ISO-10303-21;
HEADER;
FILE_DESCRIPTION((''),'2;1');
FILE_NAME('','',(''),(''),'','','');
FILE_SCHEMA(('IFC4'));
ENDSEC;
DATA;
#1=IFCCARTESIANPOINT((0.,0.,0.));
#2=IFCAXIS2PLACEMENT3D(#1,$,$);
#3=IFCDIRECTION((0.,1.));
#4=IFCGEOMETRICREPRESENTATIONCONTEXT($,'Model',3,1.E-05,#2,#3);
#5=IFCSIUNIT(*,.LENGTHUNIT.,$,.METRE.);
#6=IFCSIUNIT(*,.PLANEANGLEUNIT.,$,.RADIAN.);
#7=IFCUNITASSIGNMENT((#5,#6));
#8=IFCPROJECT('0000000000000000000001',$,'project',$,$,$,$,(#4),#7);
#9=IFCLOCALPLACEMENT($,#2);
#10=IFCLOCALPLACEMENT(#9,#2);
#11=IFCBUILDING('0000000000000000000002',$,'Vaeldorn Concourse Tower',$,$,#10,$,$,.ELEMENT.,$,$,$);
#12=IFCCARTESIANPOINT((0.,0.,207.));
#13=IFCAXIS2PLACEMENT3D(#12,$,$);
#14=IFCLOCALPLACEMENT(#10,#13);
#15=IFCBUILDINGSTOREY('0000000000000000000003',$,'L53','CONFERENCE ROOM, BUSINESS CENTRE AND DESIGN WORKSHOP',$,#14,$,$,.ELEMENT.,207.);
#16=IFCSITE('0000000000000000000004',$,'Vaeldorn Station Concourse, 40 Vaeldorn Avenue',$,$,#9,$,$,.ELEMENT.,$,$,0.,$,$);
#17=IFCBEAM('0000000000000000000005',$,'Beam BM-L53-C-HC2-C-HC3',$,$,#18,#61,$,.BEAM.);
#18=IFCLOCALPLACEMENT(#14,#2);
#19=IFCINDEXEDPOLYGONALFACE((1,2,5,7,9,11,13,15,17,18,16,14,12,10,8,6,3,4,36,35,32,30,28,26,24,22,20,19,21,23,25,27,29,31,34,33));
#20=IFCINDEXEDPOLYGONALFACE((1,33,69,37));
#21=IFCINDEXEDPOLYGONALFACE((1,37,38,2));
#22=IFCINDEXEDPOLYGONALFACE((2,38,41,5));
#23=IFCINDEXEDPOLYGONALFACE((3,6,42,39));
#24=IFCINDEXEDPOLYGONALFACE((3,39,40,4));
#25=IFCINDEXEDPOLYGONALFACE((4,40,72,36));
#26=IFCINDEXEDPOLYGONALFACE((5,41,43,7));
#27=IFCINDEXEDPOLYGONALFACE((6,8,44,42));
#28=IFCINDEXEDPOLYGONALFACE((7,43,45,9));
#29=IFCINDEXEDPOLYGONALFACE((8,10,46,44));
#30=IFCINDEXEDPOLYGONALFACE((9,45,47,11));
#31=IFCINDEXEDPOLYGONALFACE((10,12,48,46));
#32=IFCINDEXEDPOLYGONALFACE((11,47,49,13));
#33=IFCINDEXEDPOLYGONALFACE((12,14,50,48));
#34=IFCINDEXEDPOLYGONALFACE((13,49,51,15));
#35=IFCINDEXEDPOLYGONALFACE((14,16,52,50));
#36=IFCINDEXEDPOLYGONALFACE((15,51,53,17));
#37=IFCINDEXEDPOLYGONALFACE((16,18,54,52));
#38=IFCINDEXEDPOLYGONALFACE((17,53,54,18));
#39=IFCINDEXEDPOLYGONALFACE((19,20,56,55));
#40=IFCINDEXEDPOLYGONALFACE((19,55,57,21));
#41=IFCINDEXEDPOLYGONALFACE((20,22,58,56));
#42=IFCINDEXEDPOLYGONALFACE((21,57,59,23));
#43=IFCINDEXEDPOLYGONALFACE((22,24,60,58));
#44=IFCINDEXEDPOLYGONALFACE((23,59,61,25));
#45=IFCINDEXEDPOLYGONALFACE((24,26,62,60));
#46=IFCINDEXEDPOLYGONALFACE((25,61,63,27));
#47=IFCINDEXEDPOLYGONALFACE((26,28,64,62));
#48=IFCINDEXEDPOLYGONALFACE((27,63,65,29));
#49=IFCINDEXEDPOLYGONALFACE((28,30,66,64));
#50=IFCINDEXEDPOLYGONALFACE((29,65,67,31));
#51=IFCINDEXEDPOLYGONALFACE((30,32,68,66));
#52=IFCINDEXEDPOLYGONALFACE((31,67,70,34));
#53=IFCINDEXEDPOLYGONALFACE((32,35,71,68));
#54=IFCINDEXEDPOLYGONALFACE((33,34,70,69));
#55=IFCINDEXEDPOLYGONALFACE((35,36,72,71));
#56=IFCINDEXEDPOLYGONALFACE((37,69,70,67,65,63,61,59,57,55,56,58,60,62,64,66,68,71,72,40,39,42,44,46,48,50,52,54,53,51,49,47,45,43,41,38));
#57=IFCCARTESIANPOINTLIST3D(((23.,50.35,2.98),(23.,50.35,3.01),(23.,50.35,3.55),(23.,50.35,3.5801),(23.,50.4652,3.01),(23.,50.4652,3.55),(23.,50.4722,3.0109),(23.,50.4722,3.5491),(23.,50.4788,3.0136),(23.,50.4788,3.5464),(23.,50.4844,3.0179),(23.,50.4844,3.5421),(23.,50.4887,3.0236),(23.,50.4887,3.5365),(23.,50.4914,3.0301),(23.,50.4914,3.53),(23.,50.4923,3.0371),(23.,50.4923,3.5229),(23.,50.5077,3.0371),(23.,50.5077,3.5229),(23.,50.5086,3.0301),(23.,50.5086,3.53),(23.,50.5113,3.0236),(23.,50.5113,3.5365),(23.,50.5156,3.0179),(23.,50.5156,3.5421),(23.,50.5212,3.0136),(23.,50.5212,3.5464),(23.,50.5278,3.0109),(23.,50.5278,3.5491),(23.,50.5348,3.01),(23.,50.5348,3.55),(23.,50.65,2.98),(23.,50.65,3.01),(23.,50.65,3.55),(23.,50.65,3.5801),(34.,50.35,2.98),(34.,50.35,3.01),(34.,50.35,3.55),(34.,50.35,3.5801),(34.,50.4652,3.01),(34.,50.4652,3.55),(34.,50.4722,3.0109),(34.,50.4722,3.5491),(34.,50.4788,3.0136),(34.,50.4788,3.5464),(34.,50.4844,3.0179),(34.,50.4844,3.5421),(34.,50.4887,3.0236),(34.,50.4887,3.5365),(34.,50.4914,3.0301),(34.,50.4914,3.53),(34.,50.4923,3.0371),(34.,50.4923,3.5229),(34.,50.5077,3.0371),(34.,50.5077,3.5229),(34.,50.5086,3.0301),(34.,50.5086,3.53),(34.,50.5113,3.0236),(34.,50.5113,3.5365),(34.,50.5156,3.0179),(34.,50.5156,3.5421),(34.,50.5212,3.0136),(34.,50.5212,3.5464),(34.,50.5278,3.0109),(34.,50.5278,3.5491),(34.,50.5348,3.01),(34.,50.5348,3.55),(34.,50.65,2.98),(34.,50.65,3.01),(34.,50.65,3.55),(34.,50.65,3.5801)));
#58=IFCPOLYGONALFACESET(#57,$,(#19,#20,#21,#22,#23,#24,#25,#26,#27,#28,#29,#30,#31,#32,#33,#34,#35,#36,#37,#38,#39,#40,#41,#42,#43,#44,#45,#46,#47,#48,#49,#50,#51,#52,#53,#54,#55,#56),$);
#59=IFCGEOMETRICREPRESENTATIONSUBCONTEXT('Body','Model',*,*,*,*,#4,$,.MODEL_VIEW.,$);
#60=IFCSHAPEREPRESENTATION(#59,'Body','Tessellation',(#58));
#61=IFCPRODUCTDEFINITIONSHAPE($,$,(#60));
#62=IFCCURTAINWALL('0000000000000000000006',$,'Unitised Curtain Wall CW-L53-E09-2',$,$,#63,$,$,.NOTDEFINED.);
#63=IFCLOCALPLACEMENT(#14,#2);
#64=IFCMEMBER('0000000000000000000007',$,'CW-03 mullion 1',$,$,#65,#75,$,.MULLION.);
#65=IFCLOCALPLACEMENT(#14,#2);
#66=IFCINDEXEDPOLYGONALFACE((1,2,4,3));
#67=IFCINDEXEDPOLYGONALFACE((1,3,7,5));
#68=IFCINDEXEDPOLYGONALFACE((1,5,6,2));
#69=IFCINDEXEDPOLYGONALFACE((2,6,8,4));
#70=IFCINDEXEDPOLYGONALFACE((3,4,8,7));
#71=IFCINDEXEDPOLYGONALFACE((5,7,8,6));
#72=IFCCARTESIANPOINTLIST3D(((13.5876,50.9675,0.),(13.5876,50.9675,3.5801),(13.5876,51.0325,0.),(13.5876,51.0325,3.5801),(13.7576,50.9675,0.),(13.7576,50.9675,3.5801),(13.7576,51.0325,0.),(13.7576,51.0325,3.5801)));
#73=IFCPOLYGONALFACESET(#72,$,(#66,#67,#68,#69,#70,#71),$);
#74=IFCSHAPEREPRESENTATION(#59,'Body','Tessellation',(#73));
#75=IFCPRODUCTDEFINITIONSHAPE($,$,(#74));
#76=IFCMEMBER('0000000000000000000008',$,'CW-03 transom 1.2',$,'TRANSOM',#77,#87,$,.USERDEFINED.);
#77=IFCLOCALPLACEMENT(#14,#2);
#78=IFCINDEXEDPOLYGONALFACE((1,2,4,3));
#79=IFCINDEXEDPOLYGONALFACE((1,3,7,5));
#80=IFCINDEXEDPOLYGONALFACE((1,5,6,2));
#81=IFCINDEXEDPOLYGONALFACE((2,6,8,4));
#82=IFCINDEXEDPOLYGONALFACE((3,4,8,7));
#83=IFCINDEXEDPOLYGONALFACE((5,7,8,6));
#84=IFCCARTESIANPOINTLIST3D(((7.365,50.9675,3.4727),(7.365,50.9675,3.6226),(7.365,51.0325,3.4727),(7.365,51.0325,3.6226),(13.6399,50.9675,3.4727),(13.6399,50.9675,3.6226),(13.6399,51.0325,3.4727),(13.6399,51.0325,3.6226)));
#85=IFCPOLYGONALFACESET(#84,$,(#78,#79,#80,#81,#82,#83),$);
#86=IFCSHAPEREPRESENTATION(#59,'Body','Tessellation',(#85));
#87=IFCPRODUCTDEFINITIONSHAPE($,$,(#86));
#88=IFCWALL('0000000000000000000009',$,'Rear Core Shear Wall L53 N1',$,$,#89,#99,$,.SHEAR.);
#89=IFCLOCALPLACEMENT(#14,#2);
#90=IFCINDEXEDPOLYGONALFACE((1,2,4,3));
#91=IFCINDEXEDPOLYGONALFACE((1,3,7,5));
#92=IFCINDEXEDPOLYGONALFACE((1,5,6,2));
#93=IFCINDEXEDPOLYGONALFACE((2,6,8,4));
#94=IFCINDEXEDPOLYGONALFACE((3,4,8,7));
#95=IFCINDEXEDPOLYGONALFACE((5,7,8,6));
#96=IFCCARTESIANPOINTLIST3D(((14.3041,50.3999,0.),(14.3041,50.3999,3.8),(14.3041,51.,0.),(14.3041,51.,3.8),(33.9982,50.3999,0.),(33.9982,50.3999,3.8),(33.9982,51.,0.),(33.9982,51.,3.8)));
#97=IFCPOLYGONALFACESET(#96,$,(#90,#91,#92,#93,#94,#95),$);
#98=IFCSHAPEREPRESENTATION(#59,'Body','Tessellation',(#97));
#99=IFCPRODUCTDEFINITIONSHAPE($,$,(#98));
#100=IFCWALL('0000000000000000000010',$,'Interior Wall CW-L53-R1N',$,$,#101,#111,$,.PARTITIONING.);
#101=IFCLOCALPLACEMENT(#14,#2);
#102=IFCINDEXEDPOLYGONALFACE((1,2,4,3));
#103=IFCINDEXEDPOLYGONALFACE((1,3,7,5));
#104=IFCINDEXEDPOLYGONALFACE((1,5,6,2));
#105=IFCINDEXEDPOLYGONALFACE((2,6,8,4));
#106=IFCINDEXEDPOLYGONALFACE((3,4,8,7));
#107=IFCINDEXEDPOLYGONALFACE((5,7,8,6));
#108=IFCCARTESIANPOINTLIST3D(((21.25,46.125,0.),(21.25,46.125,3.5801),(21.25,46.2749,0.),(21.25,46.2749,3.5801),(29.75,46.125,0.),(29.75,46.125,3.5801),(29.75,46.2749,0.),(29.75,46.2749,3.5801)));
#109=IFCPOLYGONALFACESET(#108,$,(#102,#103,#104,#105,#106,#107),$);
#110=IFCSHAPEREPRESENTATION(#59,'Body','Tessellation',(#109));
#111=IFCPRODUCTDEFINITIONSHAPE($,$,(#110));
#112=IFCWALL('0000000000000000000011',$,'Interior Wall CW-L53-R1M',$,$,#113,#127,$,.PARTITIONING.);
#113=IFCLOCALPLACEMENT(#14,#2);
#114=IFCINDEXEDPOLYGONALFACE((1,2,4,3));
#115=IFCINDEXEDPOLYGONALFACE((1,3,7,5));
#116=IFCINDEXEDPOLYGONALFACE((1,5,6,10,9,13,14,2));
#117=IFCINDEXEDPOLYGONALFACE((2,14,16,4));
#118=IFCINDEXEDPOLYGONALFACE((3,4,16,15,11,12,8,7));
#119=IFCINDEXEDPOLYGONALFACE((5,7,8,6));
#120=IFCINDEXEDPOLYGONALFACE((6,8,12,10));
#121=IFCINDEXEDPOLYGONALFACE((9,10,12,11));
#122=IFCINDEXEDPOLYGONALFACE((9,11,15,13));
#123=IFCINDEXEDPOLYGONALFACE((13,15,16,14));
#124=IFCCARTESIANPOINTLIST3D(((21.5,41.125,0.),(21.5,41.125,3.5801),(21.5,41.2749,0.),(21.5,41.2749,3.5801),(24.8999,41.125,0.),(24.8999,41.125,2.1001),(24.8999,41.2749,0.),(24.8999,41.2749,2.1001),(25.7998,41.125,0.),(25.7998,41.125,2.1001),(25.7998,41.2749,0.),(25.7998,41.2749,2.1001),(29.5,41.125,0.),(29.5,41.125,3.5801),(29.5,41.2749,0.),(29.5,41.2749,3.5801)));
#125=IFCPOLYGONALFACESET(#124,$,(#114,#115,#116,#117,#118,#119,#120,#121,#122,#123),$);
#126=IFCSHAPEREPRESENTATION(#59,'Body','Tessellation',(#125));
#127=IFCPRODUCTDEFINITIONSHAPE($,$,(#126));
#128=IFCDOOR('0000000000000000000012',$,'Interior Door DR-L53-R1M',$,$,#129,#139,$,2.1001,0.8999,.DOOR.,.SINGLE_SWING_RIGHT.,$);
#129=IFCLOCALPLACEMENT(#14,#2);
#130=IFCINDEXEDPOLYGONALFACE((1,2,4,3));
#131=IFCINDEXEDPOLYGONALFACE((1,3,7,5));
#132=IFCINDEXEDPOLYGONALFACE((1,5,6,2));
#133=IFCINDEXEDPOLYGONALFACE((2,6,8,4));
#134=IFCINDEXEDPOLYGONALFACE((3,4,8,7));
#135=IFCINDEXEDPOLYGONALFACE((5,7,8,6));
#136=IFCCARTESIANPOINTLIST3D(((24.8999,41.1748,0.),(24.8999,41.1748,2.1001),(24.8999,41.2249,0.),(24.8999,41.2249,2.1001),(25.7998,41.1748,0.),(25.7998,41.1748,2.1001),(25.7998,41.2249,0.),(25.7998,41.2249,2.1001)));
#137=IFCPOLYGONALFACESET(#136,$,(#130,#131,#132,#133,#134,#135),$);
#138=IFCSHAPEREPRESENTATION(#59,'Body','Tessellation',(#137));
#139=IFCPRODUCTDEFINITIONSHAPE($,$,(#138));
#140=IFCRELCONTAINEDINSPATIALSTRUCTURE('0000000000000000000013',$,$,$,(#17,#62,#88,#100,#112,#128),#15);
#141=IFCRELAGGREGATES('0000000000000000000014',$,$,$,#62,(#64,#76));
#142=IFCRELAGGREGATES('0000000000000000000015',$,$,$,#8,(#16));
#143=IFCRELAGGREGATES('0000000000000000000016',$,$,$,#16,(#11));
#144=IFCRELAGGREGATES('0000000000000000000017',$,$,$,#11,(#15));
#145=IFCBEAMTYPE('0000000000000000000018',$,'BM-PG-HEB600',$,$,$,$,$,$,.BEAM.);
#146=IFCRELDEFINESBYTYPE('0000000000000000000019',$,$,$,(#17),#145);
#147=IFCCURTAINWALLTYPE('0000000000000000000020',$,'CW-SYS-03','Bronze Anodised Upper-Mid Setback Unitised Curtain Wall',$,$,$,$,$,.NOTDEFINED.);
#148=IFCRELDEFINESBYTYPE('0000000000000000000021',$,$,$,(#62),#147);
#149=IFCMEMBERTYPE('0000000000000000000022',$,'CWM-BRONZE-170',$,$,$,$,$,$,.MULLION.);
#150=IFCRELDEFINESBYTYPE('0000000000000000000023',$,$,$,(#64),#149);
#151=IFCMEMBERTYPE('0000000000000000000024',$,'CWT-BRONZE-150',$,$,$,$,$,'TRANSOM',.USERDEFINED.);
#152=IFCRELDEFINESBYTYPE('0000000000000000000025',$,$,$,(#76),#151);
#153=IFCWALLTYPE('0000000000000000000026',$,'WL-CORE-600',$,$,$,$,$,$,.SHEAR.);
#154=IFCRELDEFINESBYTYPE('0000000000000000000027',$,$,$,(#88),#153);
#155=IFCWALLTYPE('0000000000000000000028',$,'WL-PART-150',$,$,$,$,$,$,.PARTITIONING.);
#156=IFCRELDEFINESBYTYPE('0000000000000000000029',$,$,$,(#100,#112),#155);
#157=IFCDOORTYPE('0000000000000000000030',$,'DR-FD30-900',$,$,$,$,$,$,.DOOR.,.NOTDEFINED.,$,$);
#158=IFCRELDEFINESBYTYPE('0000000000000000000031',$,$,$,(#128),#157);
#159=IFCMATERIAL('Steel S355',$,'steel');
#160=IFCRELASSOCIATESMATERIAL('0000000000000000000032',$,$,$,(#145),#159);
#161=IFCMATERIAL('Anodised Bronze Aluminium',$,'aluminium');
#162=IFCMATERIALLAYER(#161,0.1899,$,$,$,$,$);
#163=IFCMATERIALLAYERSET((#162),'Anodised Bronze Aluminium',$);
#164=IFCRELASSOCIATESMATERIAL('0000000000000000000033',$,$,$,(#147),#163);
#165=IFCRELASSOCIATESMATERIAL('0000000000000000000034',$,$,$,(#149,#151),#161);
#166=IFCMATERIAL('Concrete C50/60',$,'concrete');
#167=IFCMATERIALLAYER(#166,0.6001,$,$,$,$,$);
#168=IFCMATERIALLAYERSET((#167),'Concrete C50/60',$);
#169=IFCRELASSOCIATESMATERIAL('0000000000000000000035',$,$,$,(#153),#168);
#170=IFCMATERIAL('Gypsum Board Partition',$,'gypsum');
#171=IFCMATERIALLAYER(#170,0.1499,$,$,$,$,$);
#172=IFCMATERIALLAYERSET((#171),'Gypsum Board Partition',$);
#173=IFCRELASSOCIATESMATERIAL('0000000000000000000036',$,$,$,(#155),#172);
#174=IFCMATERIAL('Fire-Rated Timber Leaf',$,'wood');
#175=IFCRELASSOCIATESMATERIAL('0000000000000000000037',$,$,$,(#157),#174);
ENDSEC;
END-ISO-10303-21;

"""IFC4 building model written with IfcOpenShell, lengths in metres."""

from ifc_helpers import new_model, si_unit, direction, frame, frame_2d, origin, origin_2d, place, context, subcontext, project, spatial, rectangle, i_section, extrude, source, transform, mapped, material, layer, layer_set, material_profile, profile_set, type_object, element, fill, aggregate, save


model = new_model("IFC4")

# Units and contexts
model_context = context("Model", 3, precision=1e-05, world=origin(), true_north=direction((0.0, 1.0)))
body_context = subcontext(model_context, "Body", "Model", "MODEL_VIEW")
ifc_project = project(units=[si_unit("LENGTHUNIT", "METRE"), si_unit("PLANEANGLEUNIT", "RADIAN")], contexts=[model_context])

# Site, building, storey
site_placement = place(None, origin())
site = spatial("IfcSite", under=ifc_project, at=site_placement, Name="Vaeldorn Station Concourse, 40 Vaeldorn Avenue", CompositionType="ELEMENT", RefElevation=0.0)
building_placement = place(site_placement, origin())
building = spatial("IfcBuilding", under=site, at=building_placement, Name="Vaeldorn Concourse Tower", CompositionType="ELEMENT")
storey_placement = place(building_placement, frame((0.0, 0.0, 207.0)))
storey = spatial("IfcBuildingStorey", under=building, at=storey_placement, Name="L53", Description="CONFERENCE ROOM, BUSINESS CENTRE AND DESIGN WORKSHOP", CompositionType="ELEMENT", Elevation=207.0)

# Beam
ifc_material_1 = material(Name="Steel S355", Category="steel")
ifc_material_profile_1 = material_profile(ifc_material_1, i_section(OverallWidth=0.3, OverallDepth=0.6001, WebThickness=0.0154, FlangeThickness=0.03, FilletRadius=0.0271, at=origin_2d()), Name="HEB 600")
ifc_profile_set_1 = profile_set([ifc_material_profile_1], Name="Steel S355")
beam_type_1 = type_object("IfcBeamType", Name="BM-PG-HEB600", PredefinedType="BEAM", material=ifc_profile_set_1)
shared_shape_1 = source(origin(), body_context, "Body", "SweptSolid", [
    extrude(i_section(OverallWidth=0.3, OverallDepth=0.6001, WebThickness=0.0154, FlangeThickness=0.03, FilletRadius=0.0271, at=origin_2d()), origin(), (0.0, 0.0, 1.0), 11.0),
])
beam_1_placement = place(storey_placement, frame((23.0, 50.5, 3.28), z_axis=(1.0, 0.0, 0.0), x_axis=(0.0, 1.0, 0.0)))
element("IfcBeam", 1, at=beam_1_placement, inside=storey, type_object=beam_type_1, Name="Beam BM-L53-C-HC2-C-HC3", PredefinedType="BEAM", context=body_context, shape_type="MappedRepresentation", body=[
    mapped(shared_shape_1, transform((0.0, 0.0, 0.0), scale=1.0)),
])

# Curtain wall, members
ifc_material_2 = material(Name="Anodised Bronze Aluminium", Category="aluminium")
ifc_layer_1 = layer(ifc_material_2, 0.1899)
ifc_layer_set_1 = layer_set([ifc_layer_1], Name="Anodised Bronze Aluminium")
curtain_wall_type = type_object("IfcCurtainWallType", Name="CW-SYS-03", Description="Bronze Anodised Upper-Mid Setback Unitised Curtain Wall", PredefinedType="NOTDEFINED", material=ifc_layer_set_1)
curtain_wall_placement = place(storey_placement, origin())
curtain_wall = element("IfcCurtainWall", 2, at=curtain_wall_placement, inside=storey, type_object=curtain_wall_type, Name="Unitised Curtain Wall CW-L53-E09-2", PredefinedType="NOTDEFINED")
ifc_material_profile_2 = material_profile(ifc_material_2, rectangle(XDim=0.0649, YDim=0.1699, at=origin_2d()), Name="CWM 65x170")
ifc_profile_set_2 = profile_set([ifc_material_profile_2], Name="Anodised Bronze Aluminium")
member_type_1 = type_object("IfcMemberType", Name="CWM-BRONZE-170", PredefinedType="MULLION", material=ifc_profile_set_2)
shared_shape_2 = source(origin(), body_context, "Body", "SweptSolid", [
    extrude(rectangle(XDim=0.0649, YDim=0.1699, at=origin_2d()), origin(), (0.0, 0.0, 1.0), 3.5801),
])
member_1_placement = place(storey_placement, frame((13.6726, 51.0, 0.0), z_axis=(0.0, 0.0, 1.0), x_axis=(0.0, -1.0, 0.0)))
member_1 = element("IfcMember", 3, at=member_1_placement, type_object=member_type_1, Name="CW-03 mullion 1", PredefinedType="MULLION", context=body_context, shape_type="MappedRepresentation", body=[
    mapped(shared_shape_2, transform((0.0, 0.0, 0.0), scale=1.0)),
])
ifc_material_profile_3 = material_profile(ifc_material_2, rectangle(XDim=0.0649, YDim=0.1499, at=origin_2d()), Name="CWT 65x150")
ifc_profile_set_3 = profile_set([ifc_material_profile_3], Name="Anodised Bronze Aluminium")
member_type_2 = type_object("IfcMemberType", Name="CWT-BRONZE-150", ElementType="TRANSOM", PredefinedType="USERDEFINED", material=ifc_profile_set_3)
shared_shape_3 = source(origin(), body_context, "Body", "SweptSolid", [
    extrude(rectangle(XDim=0.0649, YDim=0.1499, at=origin_2d()), origin(), (0.0, 0.0, 1.0), 6.2749),
])
member_2_placement = place(storey_placement, frame((13.6399, 51.0, 3.5476), z_axis=(-1.0, 0.0, 0.0), x_axis=(0.0, -1.0, 0.0)))
member_2 = element("IfcMember", 4, at=member_2_placement, type_object=member_type_2, Name="CW-03 transom 1.2", ObjectType="TRANSOM", PredefinedType="USERDEFINED", context=body_context, shape_type="MappedRepresentation", body=[
    mapped(shared_shape_3, transform((0.0, 0.0, 0.0), scale=1.0)),
])
aggregate(curtain_wall, [member_1, member_2])

# Walls
ifc_material_3 = material(Name="Concrete C50/60", Category="concrete")
ifc_layer_2 = layer(ifc_material_3, 0.6001)
ifc_layer_set_2 = layer_set([ifc_layer_2], Name="Concrete C50/60")
wall_type_1 = type_object("IfcWallType", Name="WL-CORE-600", PredefinedType="SHEAR", material=ifc_layer_set_2)
wall_1_placement = place(storey_placement, frame((14.304, 50.7, 0.0), z_axis=(0.0, 0.0, 1.0), x_axis=(1.0, 0.0, 0.0)))
element("IfcWall", 5, at=wall_1_placement, inside=storey, type_object=wall_type_1, Name="Rear Core Shear Wall L53 N1", PredefinedType="SHEAR", context=body_context, shape_type="SweptSolid", body=[
    extrude(rectangle(XDim=19.6941, YDim=0.6001, at=frame_2d((9.8472, 0.0))), origin(), (0.0, 0.0, 1.0), 3.8),
])
ifc_material_4 = material(Name="Gypsum Board Partition", Category="gypsum")
ifc_layer_3 = layer(ifc_material_4, 0.1499)
ifc_layer_set_3 = layer_set([ifc_layer_3], Name="Gypsum Board Partition")
wall_type_2 = type_object("IfcWallType", Name="WL-PART-150", PredefinedType="PARTITIONING", material=ifc_layer_set_3)
wall_2_placement = place(storey_placement, frame((21.25, 46.2, 0.0), z_axis=(0.0, 0.0, 1.0), x_axis=(1.0, 0.0, 0.0)))
element("IfcWall", 6, at=wall_2_placement, inside=storey, type_object=wall_type_2, Name="Interior Wall CW-L53-R1N", PredefinedType="PARTITIONING", context=body_context, shape_type="SweptSolid", body=[
    extrude(rectangle(XDim=8.5, YDim=0.1499, at=frame_2d((4.25, 0.0))), origin(), (0.0, 0.0, 1.0), 3.5801),
])

# Wall, opening, door
wall_3_placement = place(storey_placement, frame((21.5, 41.2, 0.0), z_axis=(0.0, 0.0, 1.0), x_axis=(1.0, 0.0, 0.0)))
wall_3 = element("IfcWall", 7, at=wall_3_placement, inside=storey, type_object=wall_type_2, Name="Interior Wall CW-L53-R1M", PredefinedType="PARTITIONING", context=body_context, shape_type="SweptSolid", body=[
    extrude(rectangle(XDim=8.0, YDim=0.1499, at=frame_2d((4.0, 0.0))), origin(), (0.0, 0.0, 1.0), 3.5801),
])
opening_1_placement = place(wall_3_placement, frame((3.3999, 0.0, 0.0)))
opening_1 = element("IfcOpeningElement", 8, at=opening_1_placement, cuts=wall_3, PredefinedType="OPENING", context=body_context, shape_type="SweptSolid", body=[
    extrude(rectangle(XDim=0.8999, YDim=2.1001, at=frame_2d((0.45, 1.05))), frame((0.0, 0.085, 0.0), z_axis=(0.0, -1.0, 0.0), x_axis=(1.0, 0.0, 0.0)), (0.0, 0.0, 1.0), 0.1699),
])
ifc_material_5 = material(Name="Fire-Rated Timber Leaf", Category="wood")
door_type_1 = type_object("IfcDoorType", Name="DR-FD30-900", OperationType="NOTDEFINED", PredefinedType="DOOR", material=ifc_material_5)
shared_shape_4 = source(origin(), body_context, "Body", "SweptSolid", [
    extrude(rectangle(XDim=0.8999, YDim=2.1001, at=frame_2d((0.45, 1.05))), frame((0.0, 0.0249, 0.0), z_axis=(0.0, -1.0, 0.0), x_axis=(1.0, 0.0, 0.0)), (0.0, 0.0, 1.0), 0.05),
])
door_1_placement = place(opening_1_placement, origin())
door_1 = element("IfcDoor", 9, at=door_1_placement, inside=storey, type_object=door_type_1, Name="Interior Door DR-L53-R1M", OperationType="SINGLE_SWING_RIGHT", OverallHeight=2.1001, OverallWidth=0.8999, PredefinedType="DOOR", context=body_context, shape_type="MappedRepresentation", body=[
    mapped(shared_shape_4, transform((0.0, 0.0, 0.0), scale=1.0)),
])
fill(opening_1, door_1)

save(model, "model.ifc")
